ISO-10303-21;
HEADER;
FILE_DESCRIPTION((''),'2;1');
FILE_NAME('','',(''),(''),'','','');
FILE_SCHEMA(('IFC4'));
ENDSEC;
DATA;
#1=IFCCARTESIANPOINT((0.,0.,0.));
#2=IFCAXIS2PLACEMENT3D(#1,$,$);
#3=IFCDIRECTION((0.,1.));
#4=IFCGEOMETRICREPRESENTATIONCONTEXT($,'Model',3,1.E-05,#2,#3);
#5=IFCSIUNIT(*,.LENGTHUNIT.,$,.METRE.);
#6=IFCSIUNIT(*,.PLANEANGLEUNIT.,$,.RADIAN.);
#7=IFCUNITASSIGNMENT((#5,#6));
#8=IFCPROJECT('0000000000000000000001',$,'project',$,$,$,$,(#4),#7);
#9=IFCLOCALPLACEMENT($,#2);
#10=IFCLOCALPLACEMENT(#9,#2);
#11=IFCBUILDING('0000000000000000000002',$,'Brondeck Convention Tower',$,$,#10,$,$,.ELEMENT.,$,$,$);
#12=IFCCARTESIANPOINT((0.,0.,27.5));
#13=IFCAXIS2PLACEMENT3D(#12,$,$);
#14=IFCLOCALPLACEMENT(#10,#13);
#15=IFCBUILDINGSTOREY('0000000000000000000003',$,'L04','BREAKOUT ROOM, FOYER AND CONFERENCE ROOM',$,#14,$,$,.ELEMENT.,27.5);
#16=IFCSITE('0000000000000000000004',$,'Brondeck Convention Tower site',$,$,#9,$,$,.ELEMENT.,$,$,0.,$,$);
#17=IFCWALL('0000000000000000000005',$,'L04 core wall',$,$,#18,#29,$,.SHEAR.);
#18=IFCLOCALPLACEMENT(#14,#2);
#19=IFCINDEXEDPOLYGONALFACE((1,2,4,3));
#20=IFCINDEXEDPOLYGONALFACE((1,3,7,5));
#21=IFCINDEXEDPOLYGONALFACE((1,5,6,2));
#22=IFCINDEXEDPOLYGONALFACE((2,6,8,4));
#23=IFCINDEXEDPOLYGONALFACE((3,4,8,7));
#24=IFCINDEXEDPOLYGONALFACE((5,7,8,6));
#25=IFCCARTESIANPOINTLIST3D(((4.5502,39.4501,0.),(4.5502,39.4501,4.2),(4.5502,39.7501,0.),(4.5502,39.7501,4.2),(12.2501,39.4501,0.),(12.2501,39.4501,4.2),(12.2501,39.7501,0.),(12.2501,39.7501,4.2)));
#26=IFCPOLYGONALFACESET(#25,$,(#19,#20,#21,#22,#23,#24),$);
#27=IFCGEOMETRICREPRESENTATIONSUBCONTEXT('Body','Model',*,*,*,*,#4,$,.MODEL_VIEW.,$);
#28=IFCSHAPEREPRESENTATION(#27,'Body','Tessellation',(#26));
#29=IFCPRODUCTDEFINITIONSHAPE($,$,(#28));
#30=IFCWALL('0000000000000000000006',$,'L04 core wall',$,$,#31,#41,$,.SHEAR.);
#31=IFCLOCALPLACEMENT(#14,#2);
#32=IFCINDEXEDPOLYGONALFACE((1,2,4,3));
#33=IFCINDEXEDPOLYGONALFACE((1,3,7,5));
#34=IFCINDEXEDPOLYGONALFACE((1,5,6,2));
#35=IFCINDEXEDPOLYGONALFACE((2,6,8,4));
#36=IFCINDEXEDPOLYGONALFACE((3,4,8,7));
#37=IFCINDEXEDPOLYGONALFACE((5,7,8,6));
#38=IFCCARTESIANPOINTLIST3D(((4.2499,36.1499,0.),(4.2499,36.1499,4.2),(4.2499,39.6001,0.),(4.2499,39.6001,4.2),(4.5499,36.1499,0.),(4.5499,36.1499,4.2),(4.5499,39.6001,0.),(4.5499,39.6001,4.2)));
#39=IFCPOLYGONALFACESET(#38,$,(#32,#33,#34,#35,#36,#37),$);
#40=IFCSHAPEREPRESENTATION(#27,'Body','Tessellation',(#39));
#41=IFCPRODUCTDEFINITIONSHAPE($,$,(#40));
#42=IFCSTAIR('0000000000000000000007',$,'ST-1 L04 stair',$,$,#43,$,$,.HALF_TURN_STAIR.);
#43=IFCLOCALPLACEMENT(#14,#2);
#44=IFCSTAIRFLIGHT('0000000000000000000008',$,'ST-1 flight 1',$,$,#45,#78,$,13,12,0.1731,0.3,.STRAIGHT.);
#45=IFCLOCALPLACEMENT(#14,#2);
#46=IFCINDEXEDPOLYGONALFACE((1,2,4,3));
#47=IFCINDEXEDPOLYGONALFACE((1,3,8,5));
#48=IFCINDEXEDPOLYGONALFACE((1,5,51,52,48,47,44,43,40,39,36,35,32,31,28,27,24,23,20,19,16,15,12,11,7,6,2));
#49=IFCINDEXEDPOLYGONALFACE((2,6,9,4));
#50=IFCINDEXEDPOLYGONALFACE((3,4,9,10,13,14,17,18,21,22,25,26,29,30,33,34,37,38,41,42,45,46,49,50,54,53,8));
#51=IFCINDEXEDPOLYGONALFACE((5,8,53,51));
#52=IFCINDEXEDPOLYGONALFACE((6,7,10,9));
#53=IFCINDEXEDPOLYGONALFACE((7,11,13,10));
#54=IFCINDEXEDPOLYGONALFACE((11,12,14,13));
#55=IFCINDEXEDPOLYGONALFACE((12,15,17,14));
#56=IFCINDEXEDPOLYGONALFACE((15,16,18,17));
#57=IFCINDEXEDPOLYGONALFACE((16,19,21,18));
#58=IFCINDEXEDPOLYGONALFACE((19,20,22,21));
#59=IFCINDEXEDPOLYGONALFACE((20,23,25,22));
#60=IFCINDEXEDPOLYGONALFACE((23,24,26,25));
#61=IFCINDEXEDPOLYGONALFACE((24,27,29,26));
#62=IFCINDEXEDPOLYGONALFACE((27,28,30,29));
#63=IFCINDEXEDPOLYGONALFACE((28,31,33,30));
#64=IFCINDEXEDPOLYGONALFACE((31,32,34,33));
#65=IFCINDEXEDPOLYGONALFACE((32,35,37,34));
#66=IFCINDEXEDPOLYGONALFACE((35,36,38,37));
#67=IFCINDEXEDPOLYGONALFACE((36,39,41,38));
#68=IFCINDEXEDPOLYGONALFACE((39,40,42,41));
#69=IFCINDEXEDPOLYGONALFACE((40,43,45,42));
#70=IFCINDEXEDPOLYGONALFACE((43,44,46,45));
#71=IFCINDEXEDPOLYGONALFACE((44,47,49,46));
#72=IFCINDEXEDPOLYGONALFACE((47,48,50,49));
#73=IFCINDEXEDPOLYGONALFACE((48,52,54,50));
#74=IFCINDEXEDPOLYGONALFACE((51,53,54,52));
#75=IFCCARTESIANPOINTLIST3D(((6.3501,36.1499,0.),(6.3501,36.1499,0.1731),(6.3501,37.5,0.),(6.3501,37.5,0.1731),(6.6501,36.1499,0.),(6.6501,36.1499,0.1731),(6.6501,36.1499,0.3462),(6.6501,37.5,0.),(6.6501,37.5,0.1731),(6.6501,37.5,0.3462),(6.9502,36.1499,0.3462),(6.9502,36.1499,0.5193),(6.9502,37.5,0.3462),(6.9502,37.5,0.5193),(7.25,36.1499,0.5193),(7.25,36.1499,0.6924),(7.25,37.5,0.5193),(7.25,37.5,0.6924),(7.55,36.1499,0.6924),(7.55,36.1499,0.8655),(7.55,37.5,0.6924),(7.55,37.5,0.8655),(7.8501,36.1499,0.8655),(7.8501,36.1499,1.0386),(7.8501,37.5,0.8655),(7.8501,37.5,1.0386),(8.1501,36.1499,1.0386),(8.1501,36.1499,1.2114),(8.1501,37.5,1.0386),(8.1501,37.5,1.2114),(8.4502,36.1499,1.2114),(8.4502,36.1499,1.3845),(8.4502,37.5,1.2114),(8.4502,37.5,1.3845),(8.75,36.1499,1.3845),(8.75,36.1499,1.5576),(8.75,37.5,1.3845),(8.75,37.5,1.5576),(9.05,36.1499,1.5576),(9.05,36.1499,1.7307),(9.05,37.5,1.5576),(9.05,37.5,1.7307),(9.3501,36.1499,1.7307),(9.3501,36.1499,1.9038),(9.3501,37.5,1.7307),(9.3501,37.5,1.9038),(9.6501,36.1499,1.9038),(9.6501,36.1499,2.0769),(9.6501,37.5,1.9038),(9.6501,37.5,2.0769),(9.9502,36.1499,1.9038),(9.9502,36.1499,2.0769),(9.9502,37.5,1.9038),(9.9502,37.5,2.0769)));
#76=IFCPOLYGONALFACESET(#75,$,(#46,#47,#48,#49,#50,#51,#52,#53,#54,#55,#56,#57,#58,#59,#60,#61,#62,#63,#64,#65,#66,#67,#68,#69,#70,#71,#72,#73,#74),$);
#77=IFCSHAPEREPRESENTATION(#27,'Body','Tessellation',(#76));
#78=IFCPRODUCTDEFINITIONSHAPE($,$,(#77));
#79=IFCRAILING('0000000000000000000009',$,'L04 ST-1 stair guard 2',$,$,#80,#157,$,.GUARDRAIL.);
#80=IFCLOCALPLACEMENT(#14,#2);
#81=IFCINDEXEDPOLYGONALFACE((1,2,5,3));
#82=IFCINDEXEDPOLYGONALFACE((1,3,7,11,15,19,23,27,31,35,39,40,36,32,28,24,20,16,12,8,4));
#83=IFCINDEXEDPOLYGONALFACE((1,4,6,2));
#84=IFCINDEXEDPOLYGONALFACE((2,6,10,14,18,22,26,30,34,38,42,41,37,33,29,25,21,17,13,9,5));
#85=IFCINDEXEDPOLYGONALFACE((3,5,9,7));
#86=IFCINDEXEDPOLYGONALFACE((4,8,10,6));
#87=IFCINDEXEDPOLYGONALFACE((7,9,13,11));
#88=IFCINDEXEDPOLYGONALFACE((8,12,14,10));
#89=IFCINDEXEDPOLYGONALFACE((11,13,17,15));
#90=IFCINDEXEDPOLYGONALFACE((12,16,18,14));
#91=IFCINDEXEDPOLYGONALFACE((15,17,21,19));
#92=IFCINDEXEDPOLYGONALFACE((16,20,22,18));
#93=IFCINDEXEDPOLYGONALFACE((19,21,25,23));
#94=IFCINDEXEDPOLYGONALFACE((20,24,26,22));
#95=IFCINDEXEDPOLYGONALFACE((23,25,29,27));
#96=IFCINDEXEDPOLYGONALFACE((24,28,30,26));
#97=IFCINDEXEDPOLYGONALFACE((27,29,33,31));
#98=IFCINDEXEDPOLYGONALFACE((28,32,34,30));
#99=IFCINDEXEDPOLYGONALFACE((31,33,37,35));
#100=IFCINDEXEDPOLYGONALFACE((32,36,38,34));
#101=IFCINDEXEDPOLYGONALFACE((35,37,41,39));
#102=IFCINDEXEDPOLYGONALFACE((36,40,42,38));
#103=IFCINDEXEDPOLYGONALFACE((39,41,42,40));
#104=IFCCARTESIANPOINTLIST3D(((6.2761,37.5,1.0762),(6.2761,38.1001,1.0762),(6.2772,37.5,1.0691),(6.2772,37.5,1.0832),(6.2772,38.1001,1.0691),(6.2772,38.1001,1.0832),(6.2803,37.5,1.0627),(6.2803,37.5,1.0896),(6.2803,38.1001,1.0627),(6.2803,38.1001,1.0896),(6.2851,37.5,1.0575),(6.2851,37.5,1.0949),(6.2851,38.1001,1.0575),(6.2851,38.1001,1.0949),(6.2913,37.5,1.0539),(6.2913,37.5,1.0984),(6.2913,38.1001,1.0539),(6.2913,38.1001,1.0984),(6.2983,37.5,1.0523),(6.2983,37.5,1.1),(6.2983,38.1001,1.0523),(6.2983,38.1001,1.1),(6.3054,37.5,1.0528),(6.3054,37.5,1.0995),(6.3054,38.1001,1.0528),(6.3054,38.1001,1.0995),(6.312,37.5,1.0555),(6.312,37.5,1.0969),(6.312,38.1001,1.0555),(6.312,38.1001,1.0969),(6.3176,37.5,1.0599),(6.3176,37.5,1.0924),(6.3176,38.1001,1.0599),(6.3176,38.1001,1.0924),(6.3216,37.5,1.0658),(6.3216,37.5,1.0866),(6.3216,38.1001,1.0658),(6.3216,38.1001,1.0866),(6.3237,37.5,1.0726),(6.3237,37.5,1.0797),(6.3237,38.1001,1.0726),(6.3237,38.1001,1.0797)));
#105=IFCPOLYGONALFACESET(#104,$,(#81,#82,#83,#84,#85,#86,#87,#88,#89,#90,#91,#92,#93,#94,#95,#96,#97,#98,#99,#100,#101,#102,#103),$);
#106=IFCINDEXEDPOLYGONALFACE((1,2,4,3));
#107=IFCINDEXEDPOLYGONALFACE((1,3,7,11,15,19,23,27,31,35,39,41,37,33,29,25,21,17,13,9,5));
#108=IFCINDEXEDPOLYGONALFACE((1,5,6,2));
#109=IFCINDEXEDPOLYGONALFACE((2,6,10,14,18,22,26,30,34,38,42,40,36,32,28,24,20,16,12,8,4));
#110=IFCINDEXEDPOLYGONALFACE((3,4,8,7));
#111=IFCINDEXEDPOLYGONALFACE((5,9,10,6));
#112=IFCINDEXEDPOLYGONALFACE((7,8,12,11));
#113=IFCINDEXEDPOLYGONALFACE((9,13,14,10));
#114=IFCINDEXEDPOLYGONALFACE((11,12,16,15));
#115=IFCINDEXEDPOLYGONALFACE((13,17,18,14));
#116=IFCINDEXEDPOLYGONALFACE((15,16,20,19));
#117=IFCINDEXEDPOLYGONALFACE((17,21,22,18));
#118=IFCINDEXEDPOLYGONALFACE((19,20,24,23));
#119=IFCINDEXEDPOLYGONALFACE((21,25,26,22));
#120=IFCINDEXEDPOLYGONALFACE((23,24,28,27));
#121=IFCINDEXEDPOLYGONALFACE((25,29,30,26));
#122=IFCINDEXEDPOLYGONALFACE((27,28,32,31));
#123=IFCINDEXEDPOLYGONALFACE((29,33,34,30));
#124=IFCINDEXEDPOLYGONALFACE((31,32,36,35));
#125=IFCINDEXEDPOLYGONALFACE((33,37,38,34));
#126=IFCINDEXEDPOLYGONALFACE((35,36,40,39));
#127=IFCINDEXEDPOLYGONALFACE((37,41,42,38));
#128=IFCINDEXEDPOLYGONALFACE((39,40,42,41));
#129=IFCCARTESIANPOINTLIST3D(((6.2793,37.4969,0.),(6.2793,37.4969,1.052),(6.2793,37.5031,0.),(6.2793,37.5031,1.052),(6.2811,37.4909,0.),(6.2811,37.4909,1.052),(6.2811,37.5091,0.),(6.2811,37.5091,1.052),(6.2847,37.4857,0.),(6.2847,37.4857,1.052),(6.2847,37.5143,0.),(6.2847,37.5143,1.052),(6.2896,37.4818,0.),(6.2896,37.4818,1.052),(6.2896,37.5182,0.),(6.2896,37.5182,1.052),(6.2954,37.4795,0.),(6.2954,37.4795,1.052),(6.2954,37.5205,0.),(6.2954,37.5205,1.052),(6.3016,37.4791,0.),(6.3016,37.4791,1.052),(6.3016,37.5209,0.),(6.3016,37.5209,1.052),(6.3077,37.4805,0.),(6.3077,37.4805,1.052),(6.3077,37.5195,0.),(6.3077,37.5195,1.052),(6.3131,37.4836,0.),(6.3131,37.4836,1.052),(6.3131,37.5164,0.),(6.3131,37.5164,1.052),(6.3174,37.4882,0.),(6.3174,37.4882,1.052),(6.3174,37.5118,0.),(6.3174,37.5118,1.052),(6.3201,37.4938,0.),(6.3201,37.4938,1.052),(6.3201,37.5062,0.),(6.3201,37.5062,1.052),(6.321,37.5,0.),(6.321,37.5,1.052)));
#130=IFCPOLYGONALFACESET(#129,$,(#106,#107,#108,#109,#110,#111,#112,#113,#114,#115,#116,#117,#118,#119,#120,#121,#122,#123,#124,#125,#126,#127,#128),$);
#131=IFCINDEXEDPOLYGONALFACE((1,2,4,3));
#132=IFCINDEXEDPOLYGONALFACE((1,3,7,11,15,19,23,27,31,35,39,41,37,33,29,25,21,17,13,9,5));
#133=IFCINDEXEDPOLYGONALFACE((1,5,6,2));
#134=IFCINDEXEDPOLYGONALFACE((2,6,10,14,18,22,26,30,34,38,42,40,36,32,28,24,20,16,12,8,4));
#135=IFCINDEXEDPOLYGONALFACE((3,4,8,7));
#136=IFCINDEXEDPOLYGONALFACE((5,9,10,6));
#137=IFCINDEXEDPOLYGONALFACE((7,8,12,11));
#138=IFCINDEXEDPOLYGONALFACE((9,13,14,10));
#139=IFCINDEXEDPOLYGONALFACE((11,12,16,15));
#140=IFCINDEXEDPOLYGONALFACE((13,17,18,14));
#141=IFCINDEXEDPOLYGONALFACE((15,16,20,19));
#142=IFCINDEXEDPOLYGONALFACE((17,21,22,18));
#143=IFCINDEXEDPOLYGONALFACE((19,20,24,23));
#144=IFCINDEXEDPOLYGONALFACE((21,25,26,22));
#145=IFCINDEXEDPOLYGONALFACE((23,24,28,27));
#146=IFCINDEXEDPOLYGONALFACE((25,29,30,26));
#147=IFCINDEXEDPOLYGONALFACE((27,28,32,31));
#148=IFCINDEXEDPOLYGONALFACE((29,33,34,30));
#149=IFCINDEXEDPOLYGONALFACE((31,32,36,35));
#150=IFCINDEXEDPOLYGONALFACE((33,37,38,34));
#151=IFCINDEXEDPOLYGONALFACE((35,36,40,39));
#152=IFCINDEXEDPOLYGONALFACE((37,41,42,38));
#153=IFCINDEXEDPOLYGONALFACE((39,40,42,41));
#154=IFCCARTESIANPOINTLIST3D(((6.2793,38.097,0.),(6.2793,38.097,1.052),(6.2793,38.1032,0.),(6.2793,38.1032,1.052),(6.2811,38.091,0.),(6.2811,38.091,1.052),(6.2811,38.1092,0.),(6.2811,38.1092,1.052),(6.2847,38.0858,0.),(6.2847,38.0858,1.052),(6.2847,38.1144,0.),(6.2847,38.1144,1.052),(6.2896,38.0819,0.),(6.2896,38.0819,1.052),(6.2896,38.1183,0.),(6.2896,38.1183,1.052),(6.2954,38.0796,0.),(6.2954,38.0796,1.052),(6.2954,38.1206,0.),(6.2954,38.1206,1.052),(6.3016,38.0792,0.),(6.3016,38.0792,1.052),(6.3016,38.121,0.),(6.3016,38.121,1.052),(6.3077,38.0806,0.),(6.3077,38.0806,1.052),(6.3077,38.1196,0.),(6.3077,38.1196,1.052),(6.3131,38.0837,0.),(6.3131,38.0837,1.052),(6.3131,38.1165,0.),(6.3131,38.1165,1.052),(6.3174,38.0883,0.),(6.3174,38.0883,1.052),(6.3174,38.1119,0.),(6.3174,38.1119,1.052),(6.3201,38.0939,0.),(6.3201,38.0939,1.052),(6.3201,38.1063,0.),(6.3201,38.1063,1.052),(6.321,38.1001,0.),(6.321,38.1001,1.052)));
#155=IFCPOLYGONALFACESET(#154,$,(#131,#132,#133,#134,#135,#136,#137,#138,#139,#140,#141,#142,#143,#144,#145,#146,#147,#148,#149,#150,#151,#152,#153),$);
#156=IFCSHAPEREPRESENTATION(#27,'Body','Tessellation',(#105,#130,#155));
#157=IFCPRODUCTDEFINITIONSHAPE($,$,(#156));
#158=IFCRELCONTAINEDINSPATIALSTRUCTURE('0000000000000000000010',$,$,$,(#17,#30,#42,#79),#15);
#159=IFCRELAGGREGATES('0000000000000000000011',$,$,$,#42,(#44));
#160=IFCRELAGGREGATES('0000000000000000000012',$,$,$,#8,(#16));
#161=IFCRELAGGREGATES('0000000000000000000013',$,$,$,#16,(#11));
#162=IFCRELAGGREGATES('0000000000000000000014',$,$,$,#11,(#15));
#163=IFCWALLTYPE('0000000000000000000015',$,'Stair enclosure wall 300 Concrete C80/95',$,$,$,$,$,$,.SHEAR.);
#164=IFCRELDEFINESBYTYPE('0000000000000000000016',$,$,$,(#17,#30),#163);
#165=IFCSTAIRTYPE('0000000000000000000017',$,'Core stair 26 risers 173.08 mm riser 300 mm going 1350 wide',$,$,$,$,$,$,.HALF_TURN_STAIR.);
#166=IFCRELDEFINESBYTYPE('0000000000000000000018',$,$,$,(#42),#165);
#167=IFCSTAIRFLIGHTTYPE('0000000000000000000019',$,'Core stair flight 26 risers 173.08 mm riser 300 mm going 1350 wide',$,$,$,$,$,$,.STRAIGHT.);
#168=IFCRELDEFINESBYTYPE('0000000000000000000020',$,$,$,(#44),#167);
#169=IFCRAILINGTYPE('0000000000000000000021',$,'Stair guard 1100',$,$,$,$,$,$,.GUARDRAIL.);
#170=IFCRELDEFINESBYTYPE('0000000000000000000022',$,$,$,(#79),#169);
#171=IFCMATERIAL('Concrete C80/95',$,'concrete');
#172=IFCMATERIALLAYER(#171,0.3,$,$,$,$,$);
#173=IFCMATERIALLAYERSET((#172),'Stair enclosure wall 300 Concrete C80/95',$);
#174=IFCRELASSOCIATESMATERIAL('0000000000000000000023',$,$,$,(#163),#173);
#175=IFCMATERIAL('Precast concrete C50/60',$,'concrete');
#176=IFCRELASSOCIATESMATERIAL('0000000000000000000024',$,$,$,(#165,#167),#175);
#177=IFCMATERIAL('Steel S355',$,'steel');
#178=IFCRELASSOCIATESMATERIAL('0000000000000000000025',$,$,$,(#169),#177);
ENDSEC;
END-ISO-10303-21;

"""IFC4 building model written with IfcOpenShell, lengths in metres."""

from ifc_helpers import new_model, si_unit, direction, frame, frame_2d, origin, origin_2d, place, context, subcontext, project, spatial, polyline, rectangle, circle, outline, extrude, material, layer, layer_set, type_object, element, aggregate, save


model = new_model("IFC4")

# Units and contexts
model_context = context("Model", 3, precision=1e-05, world=origin(), true_north=direction((0.0, 1.0)))
body_context = subcontext(model_context, "Body", "Model", "MODEL_VIEW")
ifc_project = project(units=[si_unit("LENGTHUNIT", "METRE"), si_unit("PLANEANGLEUNIT", "RADIAN")], contexts=[model_context])

# Site, building, storey
site_placement = place(None, origin())
site = spatial("IfcSite", under=ifc_project, at=site_placement, Name="Brondeck Convention Tower site", CompositionType="ELEMENT", RefElevation=0.0)
building_placement = place(site_placement, origin())
building = spatial("IfcBuilding", under=site, at=building_placement, Name="Brondeck Convention Tower", CompositionType="ELEMENT")
storey_placement = place(building_placement, frame((0.0, 0.0, 27.5)))
storey = spatial("IfcBuildingStorey", under=building, at=storey_placement, Name="L04", Description="BREAKOUT ROOM, FOYER AND CONFERENCE ROOM", CompositionType="ELEMENT", Elevation=27.5)

# Shared definitions
ifc_material_1 = material(Name="Concrete C80/95", Category="concrete")

# Shared definitions
ifc_layer_1 = layer(ifc_material_1, 0.3)
ifc_layer_set_1 = layer_set([ifc_layer_1], Name="Stair enclosure wall 300 Concrete C80/95")
wall_type_1 = type_object("IfcWallType", Name="Stair enclosure wall 300 Concrete C80/95", PredefinedType="SHEAR", material=ifc_layer_set_1)

# Walls
wall_1_placement = place(storey_placement, frame((4.55, 39.6001, 0.0), z_axis=(0.0, 0.0, 1.0), x_axis=(1.0, 0.0, 0.0)))
element("IfcWall", 1, at=wall_1_placement, inside=storey, type_object=wall_type_1, Name="L04 core wall", PredefinedType="SHEAR", context=body_context, shape_type="SweptSolid", body=[
    extrude(rectangle(XDim=7.7, YDim=0.3, at=frame_2d((3.8501, 0.0))), origin(), (0.0, 0.0, 1.0), 4.2),
])
wall_2_placement = place(storey_placement, frame((4.3999, 36.1499, 0.0), z_axis=(0.0, 0.0, 1.0), x_axis=(0.0, 1.0, 0.0)))
element("IfcWall", 2, at=wall_2_placement, inside=storey, type_object=wall_type_1, Name="L04 core wall", PredefinedType="SHEAR", context=body_context, shape_type="SweptSolid", body=[
    extrude(rectangle(XDim=3.4502, YDim=0.3, at=frame_2d((1.7251, 0.0))), origin(), (0.0, 0.0, 1.0), 4.2),
])

# Stair, stair flight
ifc_material_2 = material(Name="Precast concrete C50/60", Category="concrete")
stair_type = type_object("IfcStairType", Name="Core stair 26 risers 173.08 mm riser 300 mm going 1350 wide", PredefinedType="HALF_TURN_STAIR", material=ifc_material_2)
stair_placement = place(storey_placement, origin())
stair = element("IfcStair", 3, at=stair_placement, inside=storey, type_object=stair_type, Name="ST-1 L04 stair", PredefinedType="HALF_TURN_STAIR")
stair_flight_type = type_object("IfcStairFlightType", Name="Core stair flight 26 risers 173.08 mm riser 300 mm going 1350 wide", PredefinedType="STRAIGHT", material=ifc_material_2)
stair_flight_placement = place(storey_placement, frame((6.3501, 36.825, 0.0), z_axis=(0.0, 0.0, 1.0), x_axis=(1.0, 0.0, 0.0)))
stair_flight = element("IfcStairFlight", 4, at=stair_flight_placement, type_object=stair_flight_type, Name="ST-1 flight 1", NumberOfRisers=13, NumberOfTreads=12, PredefinedType="STRAIGHT", RiserHeight=0.1731, TreadLength=0.3, context=body_context, shape_type="SweptSolid", body=[
    extrude(outline(polyline([(0.0, 0.0), (0.0, 0.1731), (0.3, 0.1731), (0.3, 0.3462), (0.6001, 0.3462), (0.6001, 0.5193), (0.8999, 0.5193), (0.8999, 0.6924), (1.2, 0.6924), (1.2, 0.8655), (1.5, 0.8655), (1.5, 1.0386), (1.8, 1.0386), (1.8, 1.2114), (2.1001, 1.2114), (2.1001, 1.3845), (2.3999, 1.3845), (2.3999, 1.5576), (2.7, 1.5576), (2.7, 1.7307), (3.0, 1.7307), (3.0, 1.9038), (3.3, 1.9038), (3.3, 2.0769), (3.6001, 2.0769), (3.6001, 2.25), (3.6001, 1.9038), (0.3, 0.0), (0.0, 0.0)])), frame((0.0, 0.675, 0.0), z_axis=(0.0, -1.0, 0.0), x_axis=(1.0, 0.0, 0.0)), (0.0, 0.0, 1.0), 1.3501),
])
aggregate(stair, [stair_flight])

# Railing
ifc_material_3 = material(Name="Steel S355", Category="steel")
railing_type_1 = type_object("IfcRailingType", Name="Stair guard 1100", PredefinedType="GUARDRAIL", material=ifc_material_3)
railing_1_placement = place(storey_placement, frame((6.3, 37.5, 0.0)))
element("IfcRailing", 5, at=railing_1_placement, inside=storey, type_object=railing_type_1, Name="L04 ST-1 stair guard 2", PredefinedType="GUARDRAIL", context=body_context, shape_type="SweptSolid", body=[
    extrude(circle(Radius=0.0239, at=origin_2d()), frame((0.0, 0.0, 1.0762), z_axis=(0.0, 1.0, 0.0), x_axis=(-1.0, 0.0, 0.0)), (0.0, 0.0, 1.0), 0.6001),
    extrude(circle(Radius=0.021, at=origin_2d()), origin(), (0.0, 0.0, 1.0), 1.052),
    extrude(circle(Radius=0.021, at=origin_2d()), frame((0.0, 0.6001, 0.0)), (0.0, 0.0, 1.0), 1.052),
])

save(model, "model.ifc")
